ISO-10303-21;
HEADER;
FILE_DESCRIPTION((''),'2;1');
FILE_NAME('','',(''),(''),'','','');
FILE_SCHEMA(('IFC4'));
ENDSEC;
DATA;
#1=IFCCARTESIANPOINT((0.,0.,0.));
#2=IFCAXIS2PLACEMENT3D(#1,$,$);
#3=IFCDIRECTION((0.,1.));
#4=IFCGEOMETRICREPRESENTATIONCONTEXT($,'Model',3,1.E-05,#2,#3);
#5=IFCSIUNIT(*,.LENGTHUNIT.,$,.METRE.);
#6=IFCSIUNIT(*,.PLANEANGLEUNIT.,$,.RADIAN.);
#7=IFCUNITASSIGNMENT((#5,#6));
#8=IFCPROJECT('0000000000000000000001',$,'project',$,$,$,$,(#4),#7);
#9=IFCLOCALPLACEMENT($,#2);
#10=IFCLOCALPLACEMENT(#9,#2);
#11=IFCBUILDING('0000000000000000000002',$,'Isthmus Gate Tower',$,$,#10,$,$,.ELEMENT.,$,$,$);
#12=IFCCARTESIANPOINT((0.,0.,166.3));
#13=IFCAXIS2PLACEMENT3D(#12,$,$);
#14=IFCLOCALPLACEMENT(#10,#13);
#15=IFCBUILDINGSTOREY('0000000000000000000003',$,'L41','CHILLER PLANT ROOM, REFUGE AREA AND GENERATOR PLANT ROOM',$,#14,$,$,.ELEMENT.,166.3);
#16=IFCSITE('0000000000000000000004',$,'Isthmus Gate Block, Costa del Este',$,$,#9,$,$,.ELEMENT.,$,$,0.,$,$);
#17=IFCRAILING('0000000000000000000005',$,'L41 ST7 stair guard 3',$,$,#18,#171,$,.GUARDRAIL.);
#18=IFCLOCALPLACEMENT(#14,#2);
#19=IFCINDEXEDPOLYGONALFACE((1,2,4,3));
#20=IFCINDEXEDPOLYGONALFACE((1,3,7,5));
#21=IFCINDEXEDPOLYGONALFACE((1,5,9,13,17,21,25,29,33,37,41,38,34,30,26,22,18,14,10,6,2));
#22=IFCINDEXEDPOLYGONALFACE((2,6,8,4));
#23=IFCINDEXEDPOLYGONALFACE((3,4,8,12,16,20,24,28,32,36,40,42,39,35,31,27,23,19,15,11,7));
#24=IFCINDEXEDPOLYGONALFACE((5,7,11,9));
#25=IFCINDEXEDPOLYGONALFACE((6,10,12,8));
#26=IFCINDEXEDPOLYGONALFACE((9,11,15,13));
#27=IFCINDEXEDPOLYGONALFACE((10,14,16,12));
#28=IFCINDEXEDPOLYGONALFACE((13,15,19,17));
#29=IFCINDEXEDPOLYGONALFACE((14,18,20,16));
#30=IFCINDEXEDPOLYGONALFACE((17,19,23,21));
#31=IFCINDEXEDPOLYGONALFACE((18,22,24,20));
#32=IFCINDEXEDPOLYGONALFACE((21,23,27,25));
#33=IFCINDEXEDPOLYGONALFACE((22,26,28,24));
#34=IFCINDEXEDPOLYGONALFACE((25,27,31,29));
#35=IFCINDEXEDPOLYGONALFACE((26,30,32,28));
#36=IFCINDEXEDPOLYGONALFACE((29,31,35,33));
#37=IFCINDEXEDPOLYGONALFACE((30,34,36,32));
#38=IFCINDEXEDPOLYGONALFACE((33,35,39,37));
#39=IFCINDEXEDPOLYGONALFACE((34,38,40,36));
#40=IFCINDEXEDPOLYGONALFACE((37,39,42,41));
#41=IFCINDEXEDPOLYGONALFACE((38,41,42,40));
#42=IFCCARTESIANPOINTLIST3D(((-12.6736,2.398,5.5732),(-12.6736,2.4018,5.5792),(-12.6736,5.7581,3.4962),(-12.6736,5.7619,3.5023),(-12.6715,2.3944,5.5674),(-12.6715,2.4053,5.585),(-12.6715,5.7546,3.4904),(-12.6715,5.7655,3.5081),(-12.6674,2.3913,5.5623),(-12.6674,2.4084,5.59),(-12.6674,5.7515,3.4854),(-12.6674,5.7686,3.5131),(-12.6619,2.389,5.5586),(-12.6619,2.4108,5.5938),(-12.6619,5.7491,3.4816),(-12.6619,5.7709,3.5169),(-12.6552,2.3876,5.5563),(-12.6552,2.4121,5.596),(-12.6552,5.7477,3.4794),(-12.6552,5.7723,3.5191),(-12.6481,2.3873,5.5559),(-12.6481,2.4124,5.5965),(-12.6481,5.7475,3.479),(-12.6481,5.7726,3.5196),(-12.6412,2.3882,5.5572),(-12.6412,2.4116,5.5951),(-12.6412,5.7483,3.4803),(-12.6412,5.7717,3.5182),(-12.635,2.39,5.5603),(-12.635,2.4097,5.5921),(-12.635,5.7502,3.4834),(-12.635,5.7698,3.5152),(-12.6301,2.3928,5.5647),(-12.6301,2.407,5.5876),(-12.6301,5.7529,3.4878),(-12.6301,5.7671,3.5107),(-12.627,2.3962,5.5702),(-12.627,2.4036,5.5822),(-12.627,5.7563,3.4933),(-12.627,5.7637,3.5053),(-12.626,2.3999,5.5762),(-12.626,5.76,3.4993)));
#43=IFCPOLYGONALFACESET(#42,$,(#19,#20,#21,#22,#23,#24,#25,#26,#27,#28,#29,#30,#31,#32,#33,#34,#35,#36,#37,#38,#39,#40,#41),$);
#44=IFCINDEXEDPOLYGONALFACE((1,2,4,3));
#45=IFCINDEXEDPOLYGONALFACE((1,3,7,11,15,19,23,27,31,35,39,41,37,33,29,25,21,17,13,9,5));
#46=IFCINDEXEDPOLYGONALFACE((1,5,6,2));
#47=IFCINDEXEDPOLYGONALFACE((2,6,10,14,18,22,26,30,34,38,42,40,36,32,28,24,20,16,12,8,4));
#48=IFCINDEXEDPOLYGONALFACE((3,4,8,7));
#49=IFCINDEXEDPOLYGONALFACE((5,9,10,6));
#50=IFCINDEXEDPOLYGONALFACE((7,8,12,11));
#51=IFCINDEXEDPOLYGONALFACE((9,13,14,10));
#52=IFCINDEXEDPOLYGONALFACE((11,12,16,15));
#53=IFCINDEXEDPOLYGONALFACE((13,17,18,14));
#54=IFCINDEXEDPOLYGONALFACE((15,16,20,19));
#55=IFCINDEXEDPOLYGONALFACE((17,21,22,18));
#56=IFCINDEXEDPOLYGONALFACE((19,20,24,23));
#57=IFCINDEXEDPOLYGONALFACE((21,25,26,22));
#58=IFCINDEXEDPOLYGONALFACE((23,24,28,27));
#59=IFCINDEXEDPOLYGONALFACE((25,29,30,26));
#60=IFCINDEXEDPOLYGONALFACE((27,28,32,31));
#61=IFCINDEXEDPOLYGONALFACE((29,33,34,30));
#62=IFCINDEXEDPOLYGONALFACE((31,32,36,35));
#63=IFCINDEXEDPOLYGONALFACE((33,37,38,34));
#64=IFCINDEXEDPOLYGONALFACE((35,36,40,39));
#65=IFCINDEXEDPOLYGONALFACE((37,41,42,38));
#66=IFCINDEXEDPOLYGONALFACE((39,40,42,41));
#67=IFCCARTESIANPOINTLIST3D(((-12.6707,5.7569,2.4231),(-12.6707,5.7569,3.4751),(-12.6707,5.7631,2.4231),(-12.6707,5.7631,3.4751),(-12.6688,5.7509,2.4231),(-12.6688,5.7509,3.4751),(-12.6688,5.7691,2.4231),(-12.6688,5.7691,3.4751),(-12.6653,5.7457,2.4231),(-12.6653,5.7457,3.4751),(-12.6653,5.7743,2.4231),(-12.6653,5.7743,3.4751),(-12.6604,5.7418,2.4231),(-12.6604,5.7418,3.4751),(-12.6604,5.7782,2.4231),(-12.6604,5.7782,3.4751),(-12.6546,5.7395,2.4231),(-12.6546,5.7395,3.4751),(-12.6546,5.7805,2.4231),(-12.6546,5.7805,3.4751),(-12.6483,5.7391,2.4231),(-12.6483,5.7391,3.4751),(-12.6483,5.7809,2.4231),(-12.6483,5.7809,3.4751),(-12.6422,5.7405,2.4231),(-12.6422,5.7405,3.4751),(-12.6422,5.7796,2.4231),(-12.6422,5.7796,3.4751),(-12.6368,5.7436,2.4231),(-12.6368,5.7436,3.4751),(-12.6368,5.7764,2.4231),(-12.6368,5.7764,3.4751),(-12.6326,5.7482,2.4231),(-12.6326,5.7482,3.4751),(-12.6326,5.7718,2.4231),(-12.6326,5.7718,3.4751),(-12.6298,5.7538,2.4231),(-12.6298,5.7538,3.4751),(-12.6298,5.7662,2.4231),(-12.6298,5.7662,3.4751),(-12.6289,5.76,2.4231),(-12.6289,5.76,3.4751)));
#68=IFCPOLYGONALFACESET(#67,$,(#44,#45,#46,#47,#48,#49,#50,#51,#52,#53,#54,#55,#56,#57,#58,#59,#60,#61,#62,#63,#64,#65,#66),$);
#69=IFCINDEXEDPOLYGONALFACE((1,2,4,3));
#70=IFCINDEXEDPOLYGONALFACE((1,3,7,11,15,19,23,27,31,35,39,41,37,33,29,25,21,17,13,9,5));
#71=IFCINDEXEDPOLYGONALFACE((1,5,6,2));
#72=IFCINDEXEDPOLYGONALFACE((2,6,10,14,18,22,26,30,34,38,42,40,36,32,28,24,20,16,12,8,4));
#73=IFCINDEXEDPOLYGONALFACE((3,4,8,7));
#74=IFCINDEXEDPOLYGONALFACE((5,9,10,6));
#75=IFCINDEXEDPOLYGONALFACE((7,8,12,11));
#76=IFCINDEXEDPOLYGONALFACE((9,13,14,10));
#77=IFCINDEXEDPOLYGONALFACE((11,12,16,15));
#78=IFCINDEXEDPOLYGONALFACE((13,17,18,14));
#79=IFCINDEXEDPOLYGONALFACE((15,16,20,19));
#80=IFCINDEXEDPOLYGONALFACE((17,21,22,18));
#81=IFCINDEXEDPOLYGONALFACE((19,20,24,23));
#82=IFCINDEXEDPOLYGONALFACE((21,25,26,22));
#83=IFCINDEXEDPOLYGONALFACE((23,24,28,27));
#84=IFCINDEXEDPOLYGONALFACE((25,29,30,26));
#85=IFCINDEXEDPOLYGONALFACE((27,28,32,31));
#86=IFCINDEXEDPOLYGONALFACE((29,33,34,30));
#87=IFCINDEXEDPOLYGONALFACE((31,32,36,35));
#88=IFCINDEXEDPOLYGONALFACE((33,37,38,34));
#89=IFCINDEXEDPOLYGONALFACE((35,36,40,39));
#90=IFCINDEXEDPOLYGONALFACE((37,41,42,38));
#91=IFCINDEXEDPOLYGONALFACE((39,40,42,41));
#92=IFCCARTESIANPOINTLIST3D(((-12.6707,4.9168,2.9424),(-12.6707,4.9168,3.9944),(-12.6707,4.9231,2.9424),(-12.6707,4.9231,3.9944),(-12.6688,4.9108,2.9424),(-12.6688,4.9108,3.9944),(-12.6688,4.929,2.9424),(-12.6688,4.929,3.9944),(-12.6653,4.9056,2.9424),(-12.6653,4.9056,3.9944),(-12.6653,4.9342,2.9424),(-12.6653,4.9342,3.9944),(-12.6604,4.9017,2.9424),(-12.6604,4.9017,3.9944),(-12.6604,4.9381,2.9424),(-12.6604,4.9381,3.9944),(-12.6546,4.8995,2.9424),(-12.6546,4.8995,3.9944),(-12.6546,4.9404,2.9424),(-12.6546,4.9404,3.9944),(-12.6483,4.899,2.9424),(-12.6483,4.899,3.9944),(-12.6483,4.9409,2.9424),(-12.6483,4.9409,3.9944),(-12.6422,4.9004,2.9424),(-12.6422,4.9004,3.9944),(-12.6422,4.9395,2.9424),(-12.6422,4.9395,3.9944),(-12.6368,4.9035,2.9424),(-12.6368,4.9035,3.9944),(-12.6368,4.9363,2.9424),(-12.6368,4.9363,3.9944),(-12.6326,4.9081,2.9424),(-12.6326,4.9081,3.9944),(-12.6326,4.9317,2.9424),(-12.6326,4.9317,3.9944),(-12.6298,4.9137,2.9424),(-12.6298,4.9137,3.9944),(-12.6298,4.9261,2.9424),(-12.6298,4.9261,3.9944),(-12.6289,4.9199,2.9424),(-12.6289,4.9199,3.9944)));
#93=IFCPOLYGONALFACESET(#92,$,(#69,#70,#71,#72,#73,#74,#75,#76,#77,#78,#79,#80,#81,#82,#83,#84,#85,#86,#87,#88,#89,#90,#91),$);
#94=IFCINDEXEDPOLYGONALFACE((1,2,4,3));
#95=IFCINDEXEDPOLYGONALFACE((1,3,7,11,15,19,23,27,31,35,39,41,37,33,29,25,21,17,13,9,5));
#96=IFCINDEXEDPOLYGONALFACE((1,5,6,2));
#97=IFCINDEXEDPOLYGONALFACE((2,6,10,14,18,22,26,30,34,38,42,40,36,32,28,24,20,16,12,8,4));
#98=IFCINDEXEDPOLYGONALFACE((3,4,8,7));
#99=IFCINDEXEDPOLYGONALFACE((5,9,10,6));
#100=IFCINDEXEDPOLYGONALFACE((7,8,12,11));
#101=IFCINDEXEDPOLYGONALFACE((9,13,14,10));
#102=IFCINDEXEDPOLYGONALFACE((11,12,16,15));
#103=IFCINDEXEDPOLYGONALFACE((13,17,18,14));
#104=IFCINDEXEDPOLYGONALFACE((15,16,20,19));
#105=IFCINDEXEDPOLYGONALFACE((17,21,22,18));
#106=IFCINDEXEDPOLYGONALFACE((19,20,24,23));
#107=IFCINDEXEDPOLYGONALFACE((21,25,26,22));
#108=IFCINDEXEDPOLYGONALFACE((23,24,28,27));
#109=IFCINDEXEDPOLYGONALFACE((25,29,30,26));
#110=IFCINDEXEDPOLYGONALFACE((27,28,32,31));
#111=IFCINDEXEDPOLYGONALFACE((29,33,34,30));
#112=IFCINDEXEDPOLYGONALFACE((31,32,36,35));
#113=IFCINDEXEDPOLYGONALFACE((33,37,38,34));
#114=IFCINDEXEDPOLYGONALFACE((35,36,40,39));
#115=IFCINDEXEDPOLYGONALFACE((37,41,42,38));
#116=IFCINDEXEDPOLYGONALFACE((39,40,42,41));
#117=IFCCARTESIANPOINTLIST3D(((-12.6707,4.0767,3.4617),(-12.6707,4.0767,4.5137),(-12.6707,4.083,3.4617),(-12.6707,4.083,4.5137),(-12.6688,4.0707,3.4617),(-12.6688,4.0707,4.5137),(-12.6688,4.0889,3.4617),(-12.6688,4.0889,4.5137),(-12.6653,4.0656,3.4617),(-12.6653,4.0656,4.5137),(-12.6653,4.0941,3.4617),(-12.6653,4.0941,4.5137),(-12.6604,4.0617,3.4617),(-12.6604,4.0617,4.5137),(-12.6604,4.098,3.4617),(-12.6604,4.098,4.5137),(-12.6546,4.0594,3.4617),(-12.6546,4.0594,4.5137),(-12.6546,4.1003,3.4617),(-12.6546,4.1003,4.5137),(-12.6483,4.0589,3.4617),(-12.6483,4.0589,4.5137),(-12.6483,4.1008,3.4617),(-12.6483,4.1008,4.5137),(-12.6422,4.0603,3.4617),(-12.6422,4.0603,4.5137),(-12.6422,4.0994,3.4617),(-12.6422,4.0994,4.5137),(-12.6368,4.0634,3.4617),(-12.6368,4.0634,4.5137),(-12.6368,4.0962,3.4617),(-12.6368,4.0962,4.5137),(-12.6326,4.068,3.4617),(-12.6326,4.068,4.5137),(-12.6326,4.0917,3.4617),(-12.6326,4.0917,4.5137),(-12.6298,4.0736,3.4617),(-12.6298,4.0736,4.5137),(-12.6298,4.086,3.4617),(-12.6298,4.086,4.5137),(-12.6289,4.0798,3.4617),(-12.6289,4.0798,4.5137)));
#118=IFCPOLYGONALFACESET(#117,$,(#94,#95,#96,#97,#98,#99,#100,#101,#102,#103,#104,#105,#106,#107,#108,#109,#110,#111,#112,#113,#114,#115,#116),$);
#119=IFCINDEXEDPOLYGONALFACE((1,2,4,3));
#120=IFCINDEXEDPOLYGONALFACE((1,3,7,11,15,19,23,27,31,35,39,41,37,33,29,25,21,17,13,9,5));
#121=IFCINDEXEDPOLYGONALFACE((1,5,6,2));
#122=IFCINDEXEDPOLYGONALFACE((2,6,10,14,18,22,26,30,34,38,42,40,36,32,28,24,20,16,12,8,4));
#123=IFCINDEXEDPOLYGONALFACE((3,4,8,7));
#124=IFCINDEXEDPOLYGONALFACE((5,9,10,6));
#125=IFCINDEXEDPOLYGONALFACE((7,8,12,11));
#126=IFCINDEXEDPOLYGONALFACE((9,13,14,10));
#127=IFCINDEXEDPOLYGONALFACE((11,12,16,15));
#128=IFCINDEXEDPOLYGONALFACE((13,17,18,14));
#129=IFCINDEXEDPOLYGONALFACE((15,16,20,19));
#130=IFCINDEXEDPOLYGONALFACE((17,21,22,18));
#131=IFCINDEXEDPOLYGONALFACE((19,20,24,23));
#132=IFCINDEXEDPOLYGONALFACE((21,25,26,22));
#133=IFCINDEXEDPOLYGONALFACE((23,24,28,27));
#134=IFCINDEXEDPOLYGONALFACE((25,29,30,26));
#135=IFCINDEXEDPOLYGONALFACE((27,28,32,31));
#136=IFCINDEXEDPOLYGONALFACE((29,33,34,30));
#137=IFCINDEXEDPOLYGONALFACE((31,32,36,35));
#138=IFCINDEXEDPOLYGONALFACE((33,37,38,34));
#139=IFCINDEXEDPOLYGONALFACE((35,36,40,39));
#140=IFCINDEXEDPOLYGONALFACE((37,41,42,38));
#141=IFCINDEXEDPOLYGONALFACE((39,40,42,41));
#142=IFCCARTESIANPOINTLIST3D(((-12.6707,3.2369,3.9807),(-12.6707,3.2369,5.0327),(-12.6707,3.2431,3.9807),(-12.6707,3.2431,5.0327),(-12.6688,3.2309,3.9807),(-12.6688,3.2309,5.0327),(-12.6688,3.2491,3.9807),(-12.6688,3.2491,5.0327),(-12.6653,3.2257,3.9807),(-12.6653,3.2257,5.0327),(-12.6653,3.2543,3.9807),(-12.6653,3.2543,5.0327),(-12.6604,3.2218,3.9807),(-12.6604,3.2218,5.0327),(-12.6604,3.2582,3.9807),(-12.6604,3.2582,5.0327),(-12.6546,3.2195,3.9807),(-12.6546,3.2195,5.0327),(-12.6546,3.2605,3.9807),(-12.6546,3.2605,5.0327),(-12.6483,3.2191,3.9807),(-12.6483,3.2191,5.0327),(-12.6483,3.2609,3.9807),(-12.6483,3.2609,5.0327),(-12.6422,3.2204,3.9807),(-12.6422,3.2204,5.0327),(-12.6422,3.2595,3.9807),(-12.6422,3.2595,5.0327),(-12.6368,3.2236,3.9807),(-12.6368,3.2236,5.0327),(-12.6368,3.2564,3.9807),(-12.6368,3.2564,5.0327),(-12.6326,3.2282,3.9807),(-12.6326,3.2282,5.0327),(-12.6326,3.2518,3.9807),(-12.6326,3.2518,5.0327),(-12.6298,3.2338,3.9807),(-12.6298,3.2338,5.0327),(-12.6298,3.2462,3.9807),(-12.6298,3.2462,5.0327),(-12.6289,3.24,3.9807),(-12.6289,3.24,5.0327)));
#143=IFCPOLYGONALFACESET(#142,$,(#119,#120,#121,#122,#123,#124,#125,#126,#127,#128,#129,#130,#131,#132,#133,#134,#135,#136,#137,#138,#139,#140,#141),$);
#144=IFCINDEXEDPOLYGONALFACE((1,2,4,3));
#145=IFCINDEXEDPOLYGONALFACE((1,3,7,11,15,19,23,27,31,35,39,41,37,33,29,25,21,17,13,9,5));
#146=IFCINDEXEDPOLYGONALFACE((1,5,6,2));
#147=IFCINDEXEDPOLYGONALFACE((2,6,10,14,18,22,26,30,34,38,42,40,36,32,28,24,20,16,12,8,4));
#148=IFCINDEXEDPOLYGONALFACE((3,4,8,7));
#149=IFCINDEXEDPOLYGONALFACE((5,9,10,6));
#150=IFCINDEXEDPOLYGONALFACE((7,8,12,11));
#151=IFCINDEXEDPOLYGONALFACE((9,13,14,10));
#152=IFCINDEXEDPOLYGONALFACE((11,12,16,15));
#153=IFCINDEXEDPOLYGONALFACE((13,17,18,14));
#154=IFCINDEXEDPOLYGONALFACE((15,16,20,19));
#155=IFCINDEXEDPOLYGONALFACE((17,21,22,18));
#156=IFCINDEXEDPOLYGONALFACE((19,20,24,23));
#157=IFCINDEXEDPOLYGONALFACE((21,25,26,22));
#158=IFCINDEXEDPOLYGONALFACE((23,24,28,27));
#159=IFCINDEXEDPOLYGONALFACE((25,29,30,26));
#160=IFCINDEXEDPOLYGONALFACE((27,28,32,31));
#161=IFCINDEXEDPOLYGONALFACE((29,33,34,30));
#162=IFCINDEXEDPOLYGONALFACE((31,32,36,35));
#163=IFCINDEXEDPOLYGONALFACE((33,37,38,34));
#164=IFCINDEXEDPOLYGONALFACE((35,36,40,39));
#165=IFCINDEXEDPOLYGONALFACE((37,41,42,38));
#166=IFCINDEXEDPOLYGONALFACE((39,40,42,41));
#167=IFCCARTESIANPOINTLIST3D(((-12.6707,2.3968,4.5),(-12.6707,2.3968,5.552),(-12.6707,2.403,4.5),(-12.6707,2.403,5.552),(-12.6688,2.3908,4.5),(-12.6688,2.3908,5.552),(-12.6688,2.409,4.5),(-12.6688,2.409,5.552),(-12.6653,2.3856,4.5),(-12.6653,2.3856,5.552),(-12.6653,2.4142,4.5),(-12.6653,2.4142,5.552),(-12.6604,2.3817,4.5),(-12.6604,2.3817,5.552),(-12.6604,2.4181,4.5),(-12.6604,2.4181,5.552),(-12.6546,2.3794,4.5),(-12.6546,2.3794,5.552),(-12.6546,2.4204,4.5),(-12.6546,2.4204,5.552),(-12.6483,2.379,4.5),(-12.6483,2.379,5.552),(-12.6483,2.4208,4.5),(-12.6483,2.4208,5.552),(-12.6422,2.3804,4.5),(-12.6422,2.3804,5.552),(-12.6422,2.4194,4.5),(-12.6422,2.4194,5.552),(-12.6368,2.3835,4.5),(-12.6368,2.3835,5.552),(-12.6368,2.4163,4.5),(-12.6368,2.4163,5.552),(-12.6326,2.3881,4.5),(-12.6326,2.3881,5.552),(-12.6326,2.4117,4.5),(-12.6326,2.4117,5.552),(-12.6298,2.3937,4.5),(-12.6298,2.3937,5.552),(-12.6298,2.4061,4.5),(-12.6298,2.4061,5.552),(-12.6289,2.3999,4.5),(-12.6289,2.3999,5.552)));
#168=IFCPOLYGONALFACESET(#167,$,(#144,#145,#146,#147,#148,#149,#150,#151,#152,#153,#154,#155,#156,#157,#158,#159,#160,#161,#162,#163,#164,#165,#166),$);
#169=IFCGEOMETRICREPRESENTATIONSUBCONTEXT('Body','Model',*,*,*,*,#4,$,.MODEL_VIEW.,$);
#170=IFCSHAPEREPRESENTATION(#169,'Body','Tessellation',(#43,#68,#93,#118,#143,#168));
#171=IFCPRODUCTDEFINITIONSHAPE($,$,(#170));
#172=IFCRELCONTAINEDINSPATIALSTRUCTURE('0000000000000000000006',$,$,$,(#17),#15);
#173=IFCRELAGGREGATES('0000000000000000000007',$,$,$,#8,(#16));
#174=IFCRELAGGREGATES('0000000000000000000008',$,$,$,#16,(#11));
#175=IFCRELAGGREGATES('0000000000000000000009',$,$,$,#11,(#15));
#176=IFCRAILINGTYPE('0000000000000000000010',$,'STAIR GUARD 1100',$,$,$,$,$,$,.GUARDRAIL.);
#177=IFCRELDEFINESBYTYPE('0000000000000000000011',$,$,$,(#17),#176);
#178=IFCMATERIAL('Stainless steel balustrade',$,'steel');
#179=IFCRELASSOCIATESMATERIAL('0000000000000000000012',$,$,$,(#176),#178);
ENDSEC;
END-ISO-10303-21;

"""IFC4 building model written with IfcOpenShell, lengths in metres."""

from ifc_helpers import new_model, si_unit, direction, frame, origin, origin_2d, place, context, subcontext, project, spatial, circle, extrude, material, type_object, element, save


model = new_model("IFC4")

# Units and contexts
model_context = context("Model", 3, precision=1e-05, world=origin(), true_north=direction((0.0, 1.0)))
body_context = subcontext(model_context, "Body", "Model", "MODEL_VIEW")
ifc_project = project(units=[si_unit("LENGTHUNIT", "METRE"), si_unit("PLANEANGLEUNIT", "RADIAN")], contexts=[model_context])

# Site, building, storey
site_placement = place(None, origin())
site = spatial("IfcSite", under=ifc_project, at=site_placement, Name="Isthmus Gate Block, Costa del Este", CompositionType="ELEMENT", RefElevation=0.0)
building_placement = place(site_placement, origin())
building = spatial("IfcBuilding", under=site, at=building_placement, Name="Isthmus Gate Tower", CompositionType="ELEMENT")
storey_placement = place(building_placement, frame((0.0, 0.0, 166.3)))
storey = spatial("IfcBuildingStorey", under=building, at=storey_placement, Name="L41", Description="CHILLER PLANT ROOM, REFUGE AREA AND GENERATOR PLANT ROOM", CompositionType="ELEMENT", Elevation=166.3)

# Railing
ifc_material_1 = material(Name="Stainless steel balustrade", Category="steel")
railing_type_1 = type_object("IfcRailingType", Name="STAIR GUARD 1100", PredefinedType="GUARDRAIL", material=ifc_material_1)
railing_1_placement = place(storey_placement, frame((-12.6499, 5.76, 2.4231)))
element("IfcRailing", 1, at=railing_1_placement, inside=storey, type_object=railing_type_1, Name="L41 ST7 stair guard 3", PredefinedType="GUARDRAIL", context=body_context, shape_type="SweptSolid", body=[
    extrude(circle(Radius=0.0239, at=origin_2d()), frame((0.0, 0.0, 1.0762), z_axis=(0.0, -0.850623, 0.525776), x_axis=(1.0, 0.0, 0.0)), (0.0, 0.0, 1.0), 3.9502),
    extrude(circle(Radius=0.021, at=origin_2d()), origin(), (0.0, 0.0, 1.0), 1.052),
    extrude(circle(Radius=0.021, at=origin_2d()), frame((0.0, -0.8401, 0.5193)), (0.0, 0.0, 1.0), 1.052),
    extrude(circle(Radius=0.021, at=origin_2d()), frame((0.0, -1.6802, 1.0386)), (0.0, 0.0, 1.0), 1.052),
    extrude(circle(Radius=0.021, at=origin_2d()), frame((0.0, -2.52, 1.5576)), (0.0, 0.0, 1.0), 1.052),
    extrude(circle(Radius=0.021, at=origin_2d()), frame((0.0, -3.3601, 2.0769)), (0.0, 0.0, 1.0), 1.052),
])

save(model, "model.ifc")
